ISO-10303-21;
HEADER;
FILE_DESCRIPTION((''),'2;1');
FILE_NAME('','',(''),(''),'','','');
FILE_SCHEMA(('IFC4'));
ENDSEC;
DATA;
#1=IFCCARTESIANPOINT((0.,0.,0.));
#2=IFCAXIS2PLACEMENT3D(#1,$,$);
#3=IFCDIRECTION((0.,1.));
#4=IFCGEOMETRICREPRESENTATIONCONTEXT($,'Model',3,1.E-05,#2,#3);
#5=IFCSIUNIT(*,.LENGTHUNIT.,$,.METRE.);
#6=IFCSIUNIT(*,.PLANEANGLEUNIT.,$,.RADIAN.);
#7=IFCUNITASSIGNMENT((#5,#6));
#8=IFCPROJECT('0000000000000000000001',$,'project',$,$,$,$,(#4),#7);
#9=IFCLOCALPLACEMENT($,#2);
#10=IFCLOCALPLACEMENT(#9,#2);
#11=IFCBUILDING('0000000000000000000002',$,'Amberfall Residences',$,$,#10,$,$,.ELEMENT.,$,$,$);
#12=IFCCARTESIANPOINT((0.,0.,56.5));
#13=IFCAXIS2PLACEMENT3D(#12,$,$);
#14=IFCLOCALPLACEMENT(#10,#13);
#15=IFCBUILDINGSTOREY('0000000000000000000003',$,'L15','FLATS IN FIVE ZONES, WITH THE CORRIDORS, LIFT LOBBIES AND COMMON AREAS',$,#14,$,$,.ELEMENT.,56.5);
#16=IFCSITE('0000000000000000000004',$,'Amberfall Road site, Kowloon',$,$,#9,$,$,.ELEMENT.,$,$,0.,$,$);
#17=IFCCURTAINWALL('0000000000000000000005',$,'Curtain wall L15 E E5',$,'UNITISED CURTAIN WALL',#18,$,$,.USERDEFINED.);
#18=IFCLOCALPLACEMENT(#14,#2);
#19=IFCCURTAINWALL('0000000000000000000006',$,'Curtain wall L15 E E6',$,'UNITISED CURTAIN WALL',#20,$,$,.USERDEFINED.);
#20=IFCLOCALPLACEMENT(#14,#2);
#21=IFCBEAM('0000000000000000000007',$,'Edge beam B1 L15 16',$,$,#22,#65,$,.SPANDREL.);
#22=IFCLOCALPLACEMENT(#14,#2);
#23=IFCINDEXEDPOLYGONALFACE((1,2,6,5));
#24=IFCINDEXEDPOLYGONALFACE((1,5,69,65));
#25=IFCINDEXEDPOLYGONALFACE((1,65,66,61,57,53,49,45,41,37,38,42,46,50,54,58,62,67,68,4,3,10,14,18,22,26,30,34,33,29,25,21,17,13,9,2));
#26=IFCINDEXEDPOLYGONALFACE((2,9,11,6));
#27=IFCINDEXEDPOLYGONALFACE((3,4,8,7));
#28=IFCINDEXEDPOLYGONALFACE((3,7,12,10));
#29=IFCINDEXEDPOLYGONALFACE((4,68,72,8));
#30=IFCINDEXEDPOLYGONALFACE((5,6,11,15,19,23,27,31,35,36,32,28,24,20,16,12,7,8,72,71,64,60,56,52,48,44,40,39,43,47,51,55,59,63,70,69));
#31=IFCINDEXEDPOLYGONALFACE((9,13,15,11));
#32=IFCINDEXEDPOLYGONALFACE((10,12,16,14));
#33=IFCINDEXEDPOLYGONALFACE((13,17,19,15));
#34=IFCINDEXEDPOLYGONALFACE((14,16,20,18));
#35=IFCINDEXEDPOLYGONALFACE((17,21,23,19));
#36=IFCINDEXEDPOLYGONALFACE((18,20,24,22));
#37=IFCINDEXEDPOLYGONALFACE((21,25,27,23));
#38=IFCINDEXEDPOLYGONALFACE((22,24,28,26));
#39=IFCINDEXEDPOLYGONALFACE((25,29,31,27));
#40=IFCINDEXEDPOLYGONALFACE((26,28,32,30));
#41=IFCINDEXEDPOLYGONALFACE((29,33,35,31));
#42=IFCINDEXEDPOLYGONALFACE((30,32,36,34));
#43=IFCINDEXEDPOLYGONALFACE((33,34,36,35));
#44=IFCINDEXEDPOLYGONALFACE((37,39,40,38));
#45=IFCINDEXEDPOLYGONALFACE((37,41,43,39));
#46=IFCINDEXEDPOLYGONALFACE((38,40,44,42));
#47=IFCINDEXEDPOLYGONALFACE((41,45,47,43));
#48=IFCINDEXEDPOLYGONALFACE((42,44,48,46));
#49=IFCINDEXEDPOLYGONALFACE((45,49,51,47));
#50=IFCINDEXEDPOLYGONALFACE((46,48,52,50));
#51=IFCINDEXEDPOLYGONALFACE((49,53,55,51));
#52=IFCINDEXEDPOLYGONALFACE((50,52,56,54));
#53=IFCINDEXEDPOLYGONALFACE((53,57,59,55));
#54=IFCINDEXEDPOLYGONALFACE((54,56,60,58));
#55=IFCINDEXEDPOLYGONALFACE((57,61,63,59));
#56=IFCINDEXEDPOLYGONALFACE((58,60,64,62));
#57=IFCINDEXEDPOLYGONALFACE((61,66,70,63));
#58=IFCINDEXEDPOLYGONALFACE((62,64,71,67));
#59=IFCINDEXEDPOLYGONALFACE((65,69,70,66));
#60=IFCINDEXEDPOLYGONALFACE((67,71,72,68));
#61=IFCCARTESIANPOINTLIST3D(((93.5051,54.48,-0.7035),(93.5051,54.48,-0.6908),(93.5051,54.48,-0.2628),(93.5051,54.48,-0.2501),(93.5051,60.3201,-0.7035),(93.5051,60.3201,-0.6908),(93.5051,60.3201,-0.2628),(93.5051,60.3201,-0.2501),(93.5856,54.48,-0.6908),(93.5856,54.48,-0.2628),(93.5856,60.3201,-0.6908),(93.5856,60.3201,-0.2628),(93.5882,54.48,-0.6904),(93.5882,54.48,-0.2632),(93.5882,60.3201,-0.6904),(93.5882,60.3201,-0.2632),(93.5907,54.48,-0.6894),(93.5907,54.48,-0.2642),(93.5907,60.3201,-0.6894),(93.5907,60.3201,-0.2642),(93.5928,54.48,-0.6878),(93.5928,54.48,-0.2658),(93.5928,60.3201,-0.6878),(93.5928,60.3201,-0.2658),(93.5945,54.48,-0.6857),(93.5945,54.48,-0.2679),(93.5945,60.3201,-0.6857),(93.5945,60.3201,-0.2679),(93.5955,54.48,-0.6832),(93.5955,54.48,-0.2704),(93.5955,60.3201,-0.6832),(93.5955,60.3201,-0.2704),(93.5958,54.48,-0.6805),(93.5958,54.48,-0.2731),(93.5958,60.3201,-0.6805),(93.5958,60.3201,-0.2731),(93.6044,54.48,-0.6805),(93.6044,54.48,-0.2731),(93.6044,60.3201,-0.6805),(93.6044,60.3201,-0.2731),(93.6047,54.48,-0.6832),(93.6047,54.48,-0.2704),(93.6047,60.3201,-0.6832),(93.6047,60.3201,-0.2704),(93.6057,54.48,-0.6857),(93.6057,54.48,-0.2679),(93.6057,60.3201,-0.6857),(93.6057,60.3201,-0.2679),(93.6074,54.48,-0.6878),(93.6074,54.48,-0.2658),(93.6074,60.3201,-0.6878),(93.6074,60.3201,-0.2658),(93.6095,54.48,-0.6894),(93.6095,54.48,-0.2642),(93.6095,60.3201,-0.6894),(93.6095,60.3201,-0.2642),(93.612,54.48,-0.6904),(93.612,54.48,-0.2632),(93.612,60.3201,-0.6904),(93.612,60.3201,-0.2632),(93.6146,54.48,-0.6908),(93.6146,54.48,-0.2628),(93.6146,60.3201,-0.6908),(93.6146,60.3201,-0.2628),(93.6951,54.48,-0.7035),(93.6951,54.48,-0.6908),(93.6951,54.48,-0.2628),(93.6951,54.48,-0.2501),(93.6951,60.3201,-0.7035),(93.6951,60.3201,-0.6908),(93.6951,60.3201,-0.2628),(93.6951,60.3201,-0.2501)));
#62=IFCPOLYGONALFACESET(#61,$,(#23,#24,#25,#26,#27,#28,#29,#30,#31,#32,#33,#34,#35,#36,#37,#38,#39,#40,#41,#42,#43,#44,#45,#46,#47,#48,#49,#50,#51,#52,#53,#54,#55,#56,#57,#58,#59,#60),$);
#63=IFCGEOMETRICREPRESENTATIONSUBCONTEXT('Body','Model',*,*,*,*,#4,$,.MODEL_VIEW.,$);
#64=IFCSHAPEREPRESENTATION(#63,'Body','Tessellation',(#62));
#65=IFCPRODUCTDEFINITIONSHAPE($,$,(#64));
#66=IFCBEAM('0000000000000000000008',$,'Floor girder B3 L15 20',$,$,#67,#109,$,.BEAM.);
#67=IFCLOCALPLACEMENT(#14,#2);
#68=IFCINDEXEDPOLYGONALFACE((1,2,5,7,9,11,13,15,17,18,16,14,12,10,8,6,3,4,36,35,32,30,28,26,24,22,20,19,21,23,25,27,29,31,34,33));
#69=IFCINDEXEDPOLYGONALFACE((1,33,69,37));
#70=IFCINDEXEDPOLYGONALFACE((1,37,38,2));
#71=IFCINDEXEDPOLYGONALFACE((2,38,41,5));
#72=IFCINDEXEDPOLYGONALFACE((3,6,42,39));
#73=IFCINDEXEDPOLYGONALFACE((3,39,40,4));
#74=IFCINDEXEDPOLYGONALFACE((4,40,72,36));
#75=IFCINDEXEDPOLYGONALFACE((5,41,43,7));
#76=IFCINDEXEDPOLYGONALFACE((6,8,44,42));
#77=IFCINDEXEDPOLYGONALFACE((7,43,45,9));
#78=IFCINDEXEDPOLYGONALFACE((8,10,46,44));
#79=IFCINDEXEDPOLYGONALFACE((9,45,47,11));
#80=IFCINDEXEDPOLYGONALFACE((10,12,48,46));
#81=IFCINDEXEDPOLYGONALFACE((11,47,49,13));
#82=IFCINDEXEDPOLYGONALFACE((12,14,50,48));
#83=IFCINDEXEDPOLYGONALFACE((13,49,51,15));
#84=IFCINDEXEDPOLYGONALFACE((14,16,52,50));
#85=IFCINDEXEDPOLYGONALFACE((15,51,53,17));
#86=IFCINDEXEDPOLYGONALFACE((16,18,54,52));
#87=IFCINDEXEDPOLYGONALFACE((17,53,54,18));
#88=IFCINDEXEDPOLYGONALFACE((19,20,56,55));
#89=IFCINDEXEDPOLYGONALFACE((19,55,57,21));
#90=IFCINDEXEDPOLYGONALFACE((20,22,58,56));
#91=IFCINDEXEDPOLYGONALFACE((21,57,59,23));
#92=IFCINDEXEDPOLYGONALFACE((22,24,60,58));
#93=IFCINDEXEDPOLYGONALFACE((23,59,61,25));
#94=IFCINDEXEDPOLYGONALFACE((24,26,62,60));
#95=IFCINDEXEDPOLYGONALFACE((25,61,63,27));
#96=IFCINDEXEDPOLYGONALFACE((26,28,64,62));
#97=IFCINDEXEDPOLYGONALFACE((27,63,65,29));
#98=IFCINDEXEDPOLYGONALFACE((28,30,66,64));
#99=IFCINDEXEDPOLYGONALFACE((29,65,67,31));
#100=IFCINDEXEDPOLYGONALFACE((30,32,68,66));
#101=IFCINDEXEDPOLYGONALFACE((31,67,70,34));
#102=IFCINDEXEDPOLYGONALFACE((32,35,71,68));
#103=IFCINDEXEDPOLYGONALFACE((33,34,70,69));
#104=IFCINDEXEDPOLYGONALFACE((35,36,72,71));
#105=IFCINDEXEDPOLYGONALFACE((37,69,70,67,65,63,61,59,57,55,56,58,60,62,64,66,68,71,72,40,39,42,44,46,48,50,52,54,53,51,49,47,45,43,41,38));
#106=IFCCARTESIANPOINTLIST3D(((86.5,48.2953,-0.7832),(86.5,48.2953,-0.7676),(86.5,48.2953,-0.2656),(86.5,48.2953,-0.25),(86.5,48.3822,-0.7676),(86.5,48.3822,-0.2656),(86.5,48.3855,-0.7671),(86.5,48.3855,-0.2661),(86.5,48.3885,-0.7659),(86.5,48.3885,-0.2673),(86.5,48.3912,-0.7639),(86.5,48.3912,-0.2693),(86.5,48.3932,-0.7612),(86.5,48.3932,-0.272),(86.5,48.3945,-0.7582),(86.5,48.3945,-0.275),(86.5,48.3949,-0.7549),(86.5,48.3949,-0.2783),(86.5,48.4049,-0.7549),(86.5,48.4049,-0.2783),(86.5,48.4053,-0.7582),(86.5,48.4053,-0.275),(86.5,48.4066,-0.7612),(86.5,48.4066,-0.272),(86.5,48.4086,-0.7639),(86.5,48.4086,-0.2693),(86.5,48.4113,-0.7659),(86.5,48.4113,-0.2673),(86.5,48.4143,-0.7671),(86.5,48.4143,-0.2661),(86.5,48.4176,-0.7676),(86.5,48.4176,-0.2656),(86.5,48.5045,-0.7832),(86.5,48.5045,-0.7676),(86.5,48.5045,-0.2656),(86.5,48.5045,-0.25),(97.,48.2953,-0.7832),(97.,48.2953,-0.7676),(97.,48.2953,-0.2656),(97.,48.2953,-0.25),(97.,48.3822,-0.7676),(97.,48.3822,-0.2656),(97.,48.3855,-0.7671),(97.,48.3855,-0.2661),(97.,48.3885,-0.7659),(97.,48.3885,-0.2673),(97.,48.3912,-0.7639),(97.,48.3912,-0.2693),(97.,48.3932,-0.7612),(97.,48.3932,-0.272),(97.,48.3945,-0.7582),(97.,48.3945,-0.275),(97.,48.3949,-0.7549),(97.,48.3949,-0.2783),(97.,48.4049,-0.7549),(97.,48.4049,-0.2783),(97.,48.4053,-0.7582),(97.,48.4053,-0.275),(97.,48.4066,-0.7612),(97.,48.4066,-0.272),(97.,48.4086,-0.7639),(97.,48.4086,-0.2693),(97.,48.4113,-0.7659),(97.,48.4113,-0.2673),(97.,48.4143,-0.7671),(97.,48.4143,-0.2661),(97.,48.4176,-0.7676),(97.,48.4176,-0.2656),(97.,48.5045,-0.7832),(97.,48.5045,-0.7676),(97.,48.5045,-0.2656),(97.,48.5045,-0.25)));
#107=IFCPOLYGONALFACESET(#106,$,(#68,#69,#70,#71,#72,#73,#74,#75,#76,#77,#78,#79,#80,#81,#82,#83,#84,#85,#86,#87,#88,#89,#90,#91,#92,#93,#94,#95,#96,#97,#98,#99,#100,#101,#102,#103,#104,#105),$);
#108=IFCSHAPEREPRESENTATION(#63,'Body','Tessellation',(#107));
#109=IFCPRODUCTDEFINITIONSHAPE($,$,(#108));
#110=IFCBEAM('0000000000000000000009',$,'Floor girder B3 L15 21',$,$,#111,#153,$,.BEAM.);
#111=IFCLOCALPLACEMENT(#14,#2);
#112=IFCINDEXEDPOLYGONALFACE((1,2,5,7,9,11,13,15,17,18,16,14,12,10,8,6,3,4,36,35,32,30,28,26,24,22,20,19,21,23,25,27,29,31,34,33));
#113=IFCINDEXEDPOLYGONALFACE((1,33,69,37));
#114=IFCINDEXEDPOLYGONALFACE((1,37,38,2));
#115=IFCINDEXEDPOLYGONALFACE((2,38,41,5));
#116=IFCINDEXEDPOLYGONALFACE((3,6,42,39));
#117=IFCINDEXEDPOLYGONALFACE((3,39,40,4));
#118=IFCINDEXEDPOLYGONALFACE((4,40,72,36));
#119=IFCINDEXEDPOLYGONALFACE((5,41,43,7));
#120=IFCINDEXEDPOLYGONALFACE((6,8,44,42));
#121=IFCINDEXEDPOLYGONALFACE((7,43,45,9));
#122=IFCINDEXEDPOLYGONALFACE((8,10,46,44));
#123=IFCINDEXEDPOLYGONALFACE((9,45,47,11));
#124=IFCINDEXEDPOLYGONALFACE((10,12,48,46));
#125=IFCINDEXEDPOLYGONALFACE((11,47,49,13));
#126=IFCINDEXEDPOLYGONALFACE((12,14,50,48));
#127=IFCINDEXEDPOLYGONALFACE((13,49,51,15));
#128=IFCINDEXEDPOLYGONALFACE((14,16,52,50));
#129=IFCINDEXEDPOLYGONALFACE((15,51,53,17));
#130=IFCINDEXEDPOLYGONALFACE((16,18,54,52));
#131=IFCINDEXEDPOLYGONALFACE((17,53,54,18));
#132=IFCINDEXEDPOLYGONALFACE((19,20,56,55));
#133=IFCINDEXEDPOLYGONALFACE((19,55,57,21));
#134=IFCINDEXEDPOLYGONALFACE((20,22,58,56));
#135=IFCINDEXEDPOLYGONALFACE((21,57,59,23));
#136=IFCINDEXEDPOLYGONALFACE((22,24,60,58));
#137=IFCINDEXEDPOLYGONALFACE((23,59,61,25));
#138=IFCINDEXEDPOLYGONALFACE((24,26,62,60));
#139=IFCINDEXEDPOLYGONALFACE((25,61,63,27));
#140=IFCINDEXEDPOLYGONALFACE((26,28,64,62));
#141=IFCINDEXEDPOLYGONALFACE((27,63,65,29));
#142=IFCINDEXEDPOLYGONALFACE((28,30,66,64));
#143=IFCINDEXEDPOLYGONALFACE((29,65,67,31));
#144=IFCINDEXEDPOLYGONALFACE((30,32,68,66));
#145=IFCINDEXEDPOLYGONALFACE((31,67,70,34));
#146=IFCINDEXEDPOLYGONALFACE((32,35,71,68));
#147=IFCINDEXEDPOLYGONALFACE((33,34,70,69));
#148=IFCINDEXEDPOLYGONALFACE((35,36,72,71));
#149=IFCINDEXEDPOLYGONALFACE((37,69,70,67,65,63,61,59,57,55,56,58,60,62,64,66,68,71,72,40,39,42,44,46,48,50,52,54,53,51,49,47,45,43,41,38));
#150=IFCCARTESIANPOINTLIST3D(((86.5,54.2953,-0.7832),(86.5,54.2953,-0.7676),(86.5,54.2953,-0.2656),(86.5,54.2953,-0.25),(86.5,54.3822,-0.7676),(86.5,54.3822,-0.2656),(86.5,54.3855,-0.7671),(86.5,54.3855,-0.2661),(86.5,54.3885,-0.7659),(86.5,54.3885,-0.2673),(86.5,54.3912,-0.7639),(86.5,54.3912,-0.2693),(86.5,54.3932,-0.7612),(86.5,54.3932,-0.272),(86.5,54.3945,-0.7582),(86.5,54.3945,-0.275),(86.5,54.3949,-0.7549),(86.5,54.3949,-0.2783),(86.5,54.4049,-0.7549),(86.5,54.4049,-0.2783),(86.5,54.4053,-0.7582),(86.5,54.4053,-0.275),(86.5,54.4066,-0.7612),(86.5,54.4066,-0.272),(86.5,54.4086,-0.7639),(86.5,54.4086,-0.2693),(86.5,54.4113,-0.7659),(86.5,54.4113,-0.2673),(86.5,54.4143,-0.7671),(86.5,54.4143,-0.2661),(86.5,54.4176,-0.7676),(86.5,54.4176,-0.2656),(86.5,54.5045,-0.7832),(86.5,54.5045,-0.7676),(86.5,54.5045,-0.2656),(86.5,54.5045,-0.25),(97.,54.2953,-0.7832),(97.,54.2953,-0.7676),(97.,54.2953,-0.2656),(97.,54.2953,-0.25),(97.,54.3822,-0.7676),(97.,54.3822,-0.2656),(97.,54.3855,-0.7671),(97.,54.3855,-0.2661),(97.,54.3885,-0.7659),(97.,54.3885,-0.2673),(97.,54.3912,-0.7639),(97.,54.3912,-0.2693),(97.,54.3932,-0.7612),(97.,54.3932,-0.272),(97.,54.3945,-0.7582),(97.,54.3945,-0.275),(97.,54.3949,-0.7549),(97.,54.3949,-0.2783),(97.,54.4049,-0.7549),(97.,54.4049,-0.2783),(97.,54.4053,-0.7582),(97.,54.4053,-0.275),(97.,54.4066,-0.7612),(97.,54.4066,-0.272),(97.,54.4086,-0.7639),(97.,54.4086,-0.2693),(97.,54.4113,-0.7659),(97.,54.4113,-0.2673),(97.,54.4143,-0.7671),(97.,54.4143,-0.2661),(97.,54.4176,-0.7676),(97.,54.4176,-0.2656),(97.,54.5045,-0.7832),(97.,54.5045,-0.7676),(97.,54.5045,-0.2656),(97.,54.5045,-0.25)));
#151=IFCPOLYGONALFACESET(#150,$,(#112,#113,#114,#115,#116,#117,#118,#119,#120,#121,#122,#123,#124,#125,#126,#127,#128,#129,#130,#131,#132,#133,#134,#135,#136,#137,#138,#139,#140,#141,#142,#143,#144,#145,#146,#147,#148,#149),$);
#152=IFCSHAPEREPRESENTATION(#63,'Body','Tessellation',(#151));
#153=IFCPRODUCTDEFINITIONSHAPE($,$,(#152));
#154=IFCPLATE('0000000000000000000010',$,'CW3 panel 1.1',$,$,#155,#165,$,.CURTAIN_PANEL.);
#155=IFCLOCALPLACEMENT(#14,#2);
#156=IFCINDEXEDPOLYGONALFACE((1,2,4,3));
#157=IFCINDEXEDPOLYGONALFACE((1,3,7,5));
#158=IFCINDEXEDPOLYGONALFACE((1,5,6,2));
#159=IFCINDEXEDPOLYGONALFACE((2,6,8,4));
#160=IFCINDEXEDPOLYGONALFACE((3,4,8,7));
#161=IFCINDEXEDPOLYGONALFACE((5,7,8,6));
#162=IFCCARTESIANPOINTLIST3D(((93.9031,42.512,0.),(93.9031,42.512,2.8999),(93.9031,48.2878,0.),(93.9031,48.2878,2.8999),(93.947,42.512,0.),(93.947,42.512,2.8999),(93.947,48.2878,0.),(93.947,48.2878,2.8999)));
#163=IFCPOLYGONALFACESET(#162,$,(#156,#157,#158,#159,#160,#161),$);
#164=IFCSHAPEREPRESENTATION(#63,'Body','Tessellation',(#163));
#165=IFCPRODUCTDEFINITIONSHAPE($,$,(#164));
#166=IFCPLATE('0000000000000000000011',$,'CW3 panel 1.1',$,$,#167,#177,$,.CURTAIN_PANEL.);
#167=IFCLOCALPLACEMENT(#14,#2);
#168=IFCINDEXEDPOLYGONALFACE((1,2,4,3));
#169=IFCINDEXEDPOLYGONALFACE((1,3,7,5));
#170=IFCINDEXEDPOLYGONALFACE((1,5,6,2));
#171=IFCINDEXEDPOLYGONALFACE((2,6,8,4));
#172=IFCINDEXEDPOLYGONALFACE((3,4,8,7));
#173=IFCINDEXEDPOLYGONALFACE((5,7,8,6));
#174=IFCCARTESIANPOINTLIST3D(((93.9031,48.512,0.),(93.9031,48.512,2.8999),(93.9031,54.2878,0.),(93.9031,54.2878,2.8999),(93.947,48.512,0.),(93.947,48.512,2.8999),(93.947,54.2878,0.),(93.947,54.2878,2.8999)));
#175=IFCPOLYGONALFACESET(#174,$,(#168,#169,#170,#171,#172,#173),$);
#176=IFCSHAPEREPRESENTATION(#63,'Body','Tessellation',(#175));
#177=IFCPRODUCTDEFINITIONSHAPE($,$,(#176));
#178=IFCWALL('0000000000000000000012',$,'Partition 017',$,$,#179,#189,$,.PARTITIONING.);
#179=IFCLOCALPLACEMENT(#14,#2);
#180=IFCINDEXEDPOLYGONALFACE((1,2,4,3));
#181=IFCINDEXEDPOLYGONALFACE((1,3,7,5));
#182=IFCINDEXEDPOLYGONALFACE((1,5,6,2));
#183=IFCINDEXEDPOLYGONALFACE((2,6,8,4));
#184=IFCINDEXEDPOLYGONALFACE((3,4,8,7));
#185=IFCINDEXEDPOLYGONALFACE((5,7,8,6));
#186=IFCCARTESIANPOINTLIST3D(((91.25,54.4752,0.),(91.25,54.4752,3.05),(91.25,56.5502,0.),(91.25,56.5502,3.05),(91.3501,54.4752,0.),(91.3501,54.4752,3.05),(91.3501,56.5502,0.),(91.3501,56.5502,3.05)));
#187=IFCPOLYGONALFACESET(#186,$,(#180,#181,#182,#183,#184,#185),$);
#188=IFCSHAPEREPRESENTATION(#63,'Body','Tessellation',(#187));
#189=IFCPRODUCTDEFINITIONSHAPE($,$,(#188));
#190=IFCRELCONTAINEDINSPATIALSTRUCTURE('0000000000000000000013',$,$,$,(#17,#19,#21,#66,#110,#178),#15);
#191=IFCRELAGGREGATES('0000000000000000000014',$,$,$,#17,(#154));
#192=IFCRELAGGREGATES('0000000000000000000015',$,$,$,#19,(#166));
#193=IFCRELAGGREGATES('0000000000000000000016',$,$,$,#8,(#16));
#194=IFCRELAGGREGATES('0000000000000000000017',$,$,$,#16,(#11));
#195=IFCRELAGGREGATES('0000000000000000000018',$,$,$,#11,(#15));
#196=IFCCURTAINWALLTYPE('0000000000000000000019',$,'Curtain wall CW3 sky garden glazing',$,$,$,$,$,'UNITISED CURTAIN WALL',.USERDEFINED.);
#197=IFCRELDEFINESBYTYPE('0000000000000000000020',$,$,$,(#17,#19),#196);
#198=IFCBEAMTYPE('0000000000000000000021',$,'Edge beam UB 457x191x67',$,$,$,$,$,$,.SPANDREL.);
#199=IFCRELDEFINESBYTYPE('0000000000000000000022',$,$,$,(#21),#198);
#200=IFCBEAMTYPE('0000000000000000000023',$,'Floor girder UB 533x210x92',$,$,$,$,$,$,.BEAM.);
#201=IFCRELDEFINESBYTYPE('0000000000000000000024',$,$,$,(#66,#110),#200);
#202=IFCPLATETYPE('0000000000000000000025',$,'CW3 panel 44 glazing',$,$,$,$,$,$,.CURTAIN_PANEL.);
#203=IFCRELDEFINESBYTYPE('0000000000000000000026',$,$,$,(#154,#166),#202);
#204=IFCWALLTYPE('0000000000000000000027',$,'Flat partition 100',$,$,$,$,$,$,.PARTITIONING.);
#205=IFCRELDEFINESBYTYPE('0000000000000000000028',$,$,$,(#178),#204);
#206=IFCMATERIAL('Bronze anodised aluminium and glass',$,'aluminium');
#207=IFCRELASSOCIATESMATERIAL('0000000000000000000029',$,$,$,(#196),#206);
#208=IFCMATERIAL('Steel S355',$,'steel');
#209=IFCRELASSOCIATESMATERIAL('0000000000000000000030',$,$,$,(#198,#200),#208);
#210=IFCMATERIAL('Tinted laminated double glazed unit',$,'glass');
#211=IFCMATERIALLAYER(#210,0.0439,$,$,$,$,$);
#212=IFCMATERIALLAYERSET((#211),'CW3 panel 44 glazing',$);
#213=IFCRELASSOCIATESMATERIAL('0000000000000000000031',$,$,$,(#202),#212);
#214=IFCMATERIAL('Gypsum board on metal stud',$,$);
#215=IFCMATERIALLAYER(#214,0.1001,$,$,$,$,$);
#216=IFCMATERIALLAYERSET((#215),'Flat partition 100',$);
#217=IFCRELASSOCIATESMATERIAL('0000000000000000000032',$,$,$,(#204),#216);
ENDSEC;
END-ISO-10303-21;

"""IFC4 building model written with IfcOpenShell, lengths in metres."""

from ifc_helpers import new_model, si_unit, direction, frame, frame_2d, origin, origin_2d, place, context, subcontext, project, spatial, rectangle, i_section, extrude, material, layer, layer_set, material_profile, profile_set, type_object, element, aggregate, save


model = new_model("IFC4")

# Units and contexts
model_context = context("Model", 3, precision=1e-05, world=origin(), true_north=direction((0.0, 1.0)))
body_context = subcontext(model_context, "Body", "Model", "MODEL_VIEW")
ifc_project = project(units=[si_unit("LENGTHUNIT", "METRE"), si_unit("PLANEANGLEUNIT", "RADIAN")], contexts=[model_context])

# Site, building, storey
site_placement = place(None, origin())
site = spatial("IfcSite", under=ifc_project, at=site_placement, Name="Amberfall Road site, Kowloon", CompositionType="ELEMENT", RefElevation=0.0)
building_placement = place(site_placement, origin())
building = spatial("IfcBuilding", under=site, at=building_placement, Name="Amberfall Residences", CompositionType="ELEMENT")
storey_placement = place(building_placement, frame((0.0, 0.0, 56.5)))
storey = spatial("IfcBuildingStorey", under=building, at=storey_placement, Name="L15", Description="FLATS IN FIVE ZONES, WITH THE CORRIDORS, LIFT LOBBIES AND COMMON AREAS", CompositionType="ELEMENT", Elevation=56.5)

# Curtain wall
ifc_material_1 = material(Name="Bronze anodised aluminium and glass", Category="aluminium")
curtain_wall_type = type_object("IfcCurtainWallType", Name="Curtain wall CW3 sky garden glazing", ElementType="UNITISED CURTAIN WALL", PredefinedType="USERDEFINED", material=ifc_material_1)
curtain_wall_1_placement = place(storey_placement, origin())
curtain_wall_1 = element("IfcCurtainWall", 1, at=curtain_wall_1_placement, inside=storey, type_object=curtain_wall_type, Name="Curtain wall L15 E E5", ObjectType="UNITISED CURTAIN WALL", PredefinedType="USERDEFINED")

# Curtain wall
curtain_wall_2_placement = place(storey_placement, origin())
curtain_wall_2 = element("IfcCurtainWall", 2, at=curtain_wall_2_placement, inside=storey, type_object=curtain_wall_type, Name="Curtain wall L15 E E6", ObjectType="UNITISED CURTAIN WALL", PredefinedType="USERDEFINED")

# Beams
ifc_material_2 = material(Name="Steel S355", Category="steel")
ifc_material_profile_1 = material_profile(ifc_material_2, i_section(OverallWidth=0.1899, OverallDepth=0.4534, WebThickness=0.0085, FlangeThickness=0.0127, FilletRadius=0.0103, at=origin_2d()), Name="UB 457x191x67")
ifc_profile_set_1 = profile_set([ifc_material_profile_1], Name="Steel S355")
beam_type_1 = type_object("IfcBeamType", Name="Edge beam UB 457x191x67", PredefinedType="SPANDREL", material=ifc_profile_set_1)
for number, where, z_axis, x_axis, name in (
    (3, (93.6001, 54.48, -0.4768), (0.0, 1.0, 0.0), (-1.0, 0.0, 0.0), "Edge beam B1 L15 16"),
):
    element("IfcBeam", number, at=place(storey_placement, frame(where, z_axis=z_axis, x_axis=x_axis)), inside=storey, type_object=beam_type_1, Name=name, PredefinedType="SPANDREL", context=body_context, shape_type="SweptSolid", body=[
        extrude(i_section(OverallWidth=0.1899, OverallDepth=0.4534, WebThickness=0.0085, FlangeThickness=0.0127, FilletRadius=0.0103, at=origin_2d()), origin(), (0.0, 0.0, 1.0), 5.8401),
    ])
ifc_material_profile_2 = material_profile(ifc_material_2, i_section(OverallWidth=0.2092, OverallDepth=0.5332, WebThickness=0.01, FlangeThickness=0.0156, FilletRadius=0.0127, at=origin_2d()), Name="UB 533x210x92")
ifc_profile_set_2 = profile_set([ifc_material_profile_2], Name="Steel S355")
beam_type_2 = type_object("IfcBeamType", Name="Floor girder UB 533x210x92", PredefinedType="BEAM", material=ifc_profile_set_2)
for number, where, z_axis, x_axis, name in (
    (4, (97.0, 48.3999, -0.5166), (-1.0, 0.0, 0.0), (0.0, -1.0, 0.0), "Floor girder B3 L15 20"),
    (5, (97.0, 54.3999, -0.5166), (-1.0, 0.0, 0.0), (0.0, -1.0, 0.0), "Floor girder B3 L15 21"),
):
    element("IfcBeam", number, at=place(storey_placement, frame(where, z_axis=z_axis, x_axis=x_axis)), inside=storey, type_object=beam_type_2, Name=name, PredefinedType="BEAM", context=body_context, shape_type="SweptSolid", body=[
        extrude(i_section(OverallWidth=0.2092, OverallDepth=0.5332, WebThickness=0.01, FlangeThickness=0.0156, FilletRadius=0.0127, at=origin_2d()), origin(), (0.0, 0.0, 1.0), 10.5),
    ])

# Plates
ifc_material_3 = material(Name="Tinted laminated double glazed unit", Category="glass")
ifc_layer_1 = layer(ifc_material_3, 0.0439)
ifc_layer_set_1 = layer_set([ifc_layer_1], Name="CW3 panel 44 glazing")
plate_type = type_object("IfcPlateType", Name="CW3 panel 44 glazing", PredefinedType="CURTAIN_PANEL", material=ifc_layer_set_1)
plate_1_placement = place(storey_placement, frame((93.925, 45.3999, 0.0), z_axis=(0.0, 0.0, 1.0), x_axis=(0.0, 1.0, 0.0)))
plate_1 = element("IfcPlate", 6, at=plate_1_placement, type_object=plate_type, Name="CW3 panel 1.1", PredefinedType="CURTAIN_PANEL", context=body_context, shape_type="SweptSolid", body=[
    extrude(rectangle(XDim=5.7759, YDim=0.0439, at=origin_2d()), origin(), (0.0, 0.0, 1.0), 2.8999),
])
aggregate(curtain_wall_1, [plate_1])
plate_2_placement = place(storey_placement, frame((93.925, 51.3999, 0.0), z_axis=(0.0, 0.0, 1.0), x_axis=(0.0, 1.0, 0.0)))
plate_2 = element("IfcPlate", 7, at=plate_2_placement, type_object=plate_type, Name="CW3 panel 1.1", PredefinedType="CURTAIN_PANEL", context=body_context, shape_type="SweptSolid", body=[
    extrude(rectangle(XDim=5.7759, YDim=0.0439, at=origin_2d()), origin(), (0.0, 0.0, 1.0), 2.8999),
])
aggregate(curtain_wall_2, [plate_2])

# Wall
ifc_material_4 = material(Name="Gypsum board on metal stud")
ifc_layer_2 = layer(ifc_material_4, 0.1001)
ifc_layer_set_2 = layer_set([ifc_layer_2], Name="Flat partition 100")
wall_type = type_object("IfcWallType", Name="Flat partition 100", PredefinedType="PARTITIONING", material=ifc_layer_set_2)
wall_1_placement = place(storey_placement, frame((91.3, 54.4751, 0.0), z_axis=(0.0, 0.0, 1.0), x_axis=(0.0, 1.0, 0.0)))
element("IfcWall", 8, at=wall_1_placement, inside=storey, type_object=wall_type, Name="Partition 017", PredefinedType="PARTITIONING", context=body_context, shape_type="SweptSolid", body=[
    extrude(rectangle(XDim=2.075, YDim=0.1001, at=frame_2d((1.0376, 0.0))), origin(), (0.0, 0.0, 1.0), 3.05),
])

save(model, "model.ifc")
